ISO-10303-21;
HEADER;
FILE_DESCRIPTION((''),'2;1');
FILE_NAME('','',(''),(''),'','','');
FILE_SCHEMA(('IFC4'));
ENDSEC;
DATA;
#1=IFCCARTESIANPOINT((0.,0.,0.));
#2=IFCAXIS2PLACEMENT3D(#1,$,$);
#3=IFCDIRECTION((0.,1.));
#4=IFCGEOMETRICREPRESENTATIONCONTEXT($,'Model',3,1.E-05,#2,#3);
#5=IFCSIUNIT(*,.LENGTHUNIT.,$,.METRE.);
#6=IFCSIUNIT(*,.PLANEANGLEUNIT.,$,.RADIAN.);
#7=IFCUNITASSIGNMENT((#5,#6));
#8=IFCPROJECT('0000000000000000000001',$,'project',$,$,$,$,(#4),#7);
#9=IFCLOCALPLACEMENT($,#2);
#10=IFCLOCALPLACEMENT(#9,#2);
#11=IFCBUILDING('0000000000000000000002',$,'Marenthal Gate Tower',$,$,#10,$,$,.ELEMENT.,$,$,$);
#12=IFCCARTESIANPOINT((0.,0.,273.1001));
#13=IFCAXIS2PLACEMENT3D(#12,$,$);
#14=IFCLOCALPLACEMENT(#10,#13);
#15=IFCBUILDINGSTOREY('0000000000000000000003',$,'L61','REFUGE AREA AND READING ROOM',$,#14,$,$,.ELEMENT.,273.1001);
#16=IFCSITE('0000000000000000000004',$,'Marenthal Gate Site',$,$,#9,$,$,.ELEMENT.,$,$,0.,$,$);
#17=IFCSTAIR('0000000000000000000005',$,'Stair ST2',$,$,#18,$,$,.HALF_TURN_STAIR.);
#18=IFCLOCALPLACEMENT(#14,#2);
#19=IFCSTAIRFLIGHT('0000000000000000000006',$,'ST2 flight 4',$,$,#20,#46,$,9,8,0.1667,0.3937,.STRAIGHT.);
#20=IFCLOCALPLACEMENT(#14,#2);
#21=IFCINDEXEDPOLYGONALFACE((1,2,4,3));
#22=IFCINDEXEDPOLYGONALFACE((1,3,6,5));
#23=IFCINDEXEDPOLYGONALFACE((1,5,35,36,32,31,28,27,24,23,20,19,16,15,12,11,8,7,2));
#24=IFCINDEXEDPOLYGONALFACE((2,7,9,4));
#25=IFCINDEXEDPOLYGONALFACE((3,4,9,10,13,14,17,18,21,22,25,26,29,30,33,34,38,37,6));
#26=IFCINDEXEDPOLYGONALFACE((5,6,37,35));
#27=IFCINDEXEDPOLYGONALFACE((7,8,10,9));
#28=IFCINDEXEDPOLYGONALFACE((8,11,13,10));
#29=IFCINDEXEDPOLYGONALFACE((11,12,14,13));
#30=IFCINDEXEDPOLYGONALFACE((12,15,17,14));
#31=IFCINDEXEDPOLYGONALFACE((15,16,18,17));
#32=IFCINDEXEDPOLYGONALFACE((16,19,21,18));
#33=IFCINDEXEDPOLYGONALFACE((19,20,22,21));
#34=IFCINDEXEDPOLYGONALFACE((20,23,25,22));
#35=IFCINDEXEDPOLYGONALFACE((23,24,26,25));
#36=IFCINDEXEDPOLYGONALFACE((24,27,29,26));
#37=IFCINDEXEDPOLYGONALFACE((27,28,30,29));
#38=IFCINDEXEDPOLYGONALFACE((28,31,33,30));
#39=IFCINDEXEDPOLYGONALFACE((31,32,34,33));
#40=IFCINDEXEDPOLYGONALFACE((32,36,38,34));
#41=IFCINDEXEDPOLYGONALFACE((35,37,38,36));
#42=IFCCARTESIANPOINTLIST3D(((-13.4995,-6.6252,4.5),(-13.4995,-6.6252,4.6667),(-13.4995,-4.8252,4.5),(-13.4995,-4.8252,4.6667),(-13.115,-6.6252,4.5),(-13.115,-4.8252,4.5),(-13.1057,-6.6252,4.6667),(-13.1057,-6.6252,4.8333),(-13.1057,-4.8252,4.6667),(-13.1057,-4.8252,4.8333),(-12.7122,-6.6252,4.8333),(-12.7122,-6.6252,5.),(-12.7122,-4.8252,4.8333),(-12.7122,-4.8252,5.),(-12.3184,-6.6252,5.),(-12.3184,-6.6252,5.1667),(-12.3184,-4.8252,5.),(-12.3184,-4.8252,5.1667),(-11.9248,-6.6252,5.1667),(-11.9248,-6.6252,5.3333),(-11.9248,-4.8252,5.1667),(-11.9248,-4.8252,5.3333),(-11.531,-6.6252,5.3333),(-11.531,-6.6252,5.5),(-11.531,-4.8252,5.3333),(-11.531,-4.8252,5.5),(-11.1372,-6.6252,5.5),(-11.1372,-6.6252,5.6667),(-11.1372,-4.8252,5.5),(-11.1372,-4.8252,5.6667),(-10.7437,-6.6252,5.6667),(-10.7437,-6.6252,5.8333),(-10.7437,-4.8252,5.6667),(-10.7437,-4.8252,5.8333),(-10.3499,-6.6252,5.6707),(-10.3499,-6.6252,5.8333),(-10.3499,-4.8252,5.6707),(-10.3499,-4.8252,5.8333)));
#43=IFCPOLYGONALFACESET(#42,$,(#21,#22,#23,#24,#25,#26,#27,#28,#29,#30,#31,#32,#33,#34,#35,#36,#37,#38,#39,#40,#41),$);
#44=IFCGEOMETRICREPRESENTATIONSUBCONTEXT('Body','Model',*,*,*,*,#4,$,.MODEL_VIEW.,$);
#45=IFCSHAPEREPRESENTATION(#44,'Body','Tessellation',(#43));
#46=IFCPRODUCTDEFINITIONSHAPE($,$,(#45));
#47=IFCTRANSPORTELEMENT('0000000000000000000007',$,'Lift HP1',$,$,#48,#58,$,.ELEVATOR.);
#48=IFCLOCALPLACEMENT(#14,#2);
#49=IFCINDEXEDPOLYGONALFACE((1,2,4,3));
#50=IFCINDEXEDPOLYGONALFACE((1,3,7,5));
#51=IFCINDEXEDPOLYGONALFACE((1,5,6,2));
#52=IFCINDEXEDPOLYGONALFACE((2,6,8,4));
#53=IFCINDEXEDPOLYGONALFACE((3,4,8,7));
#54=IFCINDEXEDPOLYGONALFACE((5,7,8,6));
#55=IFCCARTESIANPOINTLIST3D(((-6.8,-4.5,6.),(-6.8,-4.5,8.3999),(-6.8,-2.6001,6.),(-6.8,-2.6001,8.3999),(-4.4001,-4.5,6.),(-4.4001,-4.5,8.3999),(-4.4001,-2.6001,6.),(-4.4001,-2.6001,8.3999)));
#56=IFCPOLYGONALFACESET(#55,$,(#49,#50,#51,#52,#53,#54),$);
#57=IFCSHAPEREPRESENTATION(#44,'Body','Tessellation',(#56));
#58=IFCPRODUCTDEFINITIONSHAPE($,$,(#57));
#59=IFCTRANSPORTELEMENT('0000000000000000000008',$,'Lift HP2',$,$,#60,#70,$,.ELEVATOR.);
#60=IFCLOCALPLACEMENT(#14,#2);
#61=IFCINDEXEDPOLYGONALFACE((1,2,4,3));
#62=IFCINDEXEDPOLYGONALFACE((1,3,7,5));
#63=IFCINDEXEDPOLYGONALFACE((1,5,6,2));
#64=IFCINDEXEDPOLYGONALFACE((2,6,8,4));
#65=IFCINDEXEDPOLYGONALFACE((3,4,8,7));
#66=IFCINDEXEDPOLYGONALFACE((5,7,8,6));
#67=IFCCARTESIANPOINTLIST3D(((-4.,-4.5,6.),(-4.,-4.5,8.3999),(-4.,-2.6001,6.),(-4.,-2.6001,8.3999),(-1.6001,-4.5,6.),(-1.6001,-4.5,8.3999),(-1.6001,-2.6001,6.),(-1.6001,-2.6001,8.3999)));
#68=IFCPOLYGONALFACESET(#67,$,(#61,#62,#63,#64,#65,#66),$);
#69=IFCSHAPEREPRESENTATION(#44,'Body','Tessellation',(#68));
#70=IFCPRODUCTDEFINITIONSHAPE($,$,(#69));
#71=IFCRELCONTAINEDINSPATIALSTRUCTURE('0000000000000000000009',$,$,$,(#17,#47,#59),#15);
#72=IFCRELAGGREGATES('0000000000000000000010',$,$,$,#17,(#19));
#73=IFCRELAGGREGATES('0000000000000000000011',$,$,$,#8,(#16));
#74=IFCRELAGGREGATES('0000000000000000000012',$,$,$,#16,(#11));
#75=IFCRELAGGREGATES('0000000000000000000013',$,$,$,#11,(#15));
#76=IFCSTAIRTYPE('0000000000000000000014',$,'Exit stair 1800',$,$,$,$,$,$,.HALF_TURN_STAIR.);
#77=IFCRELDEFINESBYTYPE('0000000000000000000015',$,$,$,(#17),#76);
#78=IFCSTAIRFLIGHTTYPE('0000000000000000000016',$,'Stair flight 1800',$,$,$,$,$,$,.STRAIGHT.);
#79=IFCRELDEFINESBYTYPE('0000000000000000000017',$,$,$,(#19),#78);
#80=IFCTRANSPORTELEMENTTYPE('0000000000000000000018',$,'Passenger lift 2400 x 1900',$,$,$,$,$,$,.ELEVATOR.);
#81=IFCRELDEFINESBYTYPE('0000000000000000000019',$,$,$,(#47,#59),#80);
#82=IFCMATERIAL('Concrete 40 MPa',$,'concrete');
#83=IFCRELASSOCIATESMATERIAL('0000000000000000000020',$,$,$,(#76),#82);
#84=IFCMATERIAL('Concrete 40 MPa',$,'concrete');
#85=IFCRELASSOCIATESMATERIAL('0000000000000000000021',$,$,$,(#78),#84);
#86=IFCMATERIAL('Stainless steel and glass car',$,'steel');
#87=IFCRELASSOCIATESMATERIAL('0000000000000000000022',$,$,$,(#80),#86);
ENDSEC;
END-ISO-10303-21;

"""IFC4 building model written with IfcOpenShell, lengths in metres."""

from ifc_helpers import new_model, si_unit, direction, frame, origin, origin_2d, place, context, subcontext, project, spatial, polyline, rectangle, outline, extrude, material, type_object, element, aggregate, save


model = new_model("IFC4")

# Units and contexts
model_context = context("Model", 3, precision=1e-05, world=origin(), true_north=direction((0.0, 1.0)))
body_context = subcontext(model_context, "Body", "Model", "MODEL_VIEW")
ifc_project = project(units=[si_unit("LENGTHUNIT", "METRE"), si_unit("PLANEANGLEUNIT", "RADIAN")], contexts=[model_context])

# Site, building, storey
site_placement = place(None, origin())
site = spatial("IfcSite", under=ifc_project, at=site_placement, Name="Marenthal Gate Site", CompositionType="ELEMENT", RefElevation=0.0)
building_placement = place(site_placement, origin())
building = spatial("IfcBuilding", under=site, at=building_placement, Name="Marenthal Gate Tower", CompositionType="ELEMENT")
storey_placement = place(building_placement, frame((0.0, 0.0, 273.1001)))
storey = spatial("IfcBuildingStorey", under=building, at=storey_placement, Name="L61", Description="REFUGE AREA AND READING ROOM", CompositionType="ELEMENT", Elevation=273.1001)

# Stair, stair flight
ifc_material_1 = material(Name="Concrete 40 MPa", Category="concrete")
stair_type = type_object("IfcStairType", Name="Exit stair 1800", PredefinedType="HALF_TURN_STAIR", material=ifc_material_1)
stair_placement = place(storey_placement, origin())
stair = element("IfcStair", 1, at=stair_placement, inside=storey, type_object=stair_type, Name="Stair ST2", PredefinedType="HALF_TURN_STAIR")
ifc_material_2 = material(Name="Concrete 40 MPa", Category="concrete")
stair_flight_type = type_object("IfcStairFlightType", Name="Stair flight 1800", PredefinedType="STRAIGHT", material=ifc_material_2)
stair_flight_1_placement = place(storey_placement, frame((-13.4995, -5.7251, 4.5), z_axis=(0.0, 0.0, 1.0), x_axis=(1.0, 0.0, 0.0)))
stair_flight_1 = element("IfcStairFlight", 2, at=stair_flight_1_placement, type_object=stair_flight_type, Name="ST2 flight 4", NumberOfRisers=9, NumberOfTreads=8, PredefinedType="STRAIGHT", RiserHeight=0.1667, TreadLength=0.3937, context=body_context, shape_type="SweptSolid", body=[
    extrude(outline(polyline([(0.0, 0.0), (0.0, 0.1667), (0.3938, 0.1667), (0.3938, 0.3333), (0.7874, 0.3333), (0.7874, 0.5), (1.1812, 0.5), (1.1812, 0.6667), (1.5747, 0.6667), (1.5747, 0.8333), (1.9685, 0.8333), (1.9685, 1.0), (2.3623, 1.0), (2.3623, 1.1667), (2.7559, 1.1667), (2.7559, 1.3333), (3.1497, 1.3333), (3.1497, 1.5), (3.1497, 1.1707), (0.3845, 0.0), (0.0, 0.0)])), frame((0.0, 0.8999, 0.0), z_axis=(0.0, -1.0, 0.0), x_axis=(1.0, 0.0, 0.0)), (0.0, 0.0, 1.0), 1.8),
])
aggregate(stair, [stair_flight_1])

# Transport elements
ifc_material_3 = material(Name="Stainless steel and glass car", Category="steel")
transport_element_type = type_object("IfcTransportElementType", Name="Passenger lift 2400 x 1900", PredefinedType="ELEVATOR", material=ifc_material_3)
for number, where, z_axis, x_axis, name in (
    (3, (-5.6001, -3.55, 6.0), (0.0, 0.0, 1.0), (1.0, 0.0, 0.0), "Lift HP1"),
    (4, (-2.8, -3.55, 6.0), (0.0, 0.0, 1.0), (1.0, 0.0, 0.0), "Lift HP2"),
):
    element("IfcTransportElement", number, at=place(storey_placement, frame(where, z_axis=z_axis, x_axis=x_axis)), inside=storey, type_object=transport_element_type, Name=name, PredefinedType="ELEVATOR", context=body_context, shape_type="SweptSolid", body=[
        extrude(rectangle(XDim=2.3999, YDim=1.8999, at=origin_2d()), origin(), (0.0, 0.0, 1.0), 2.3999),
    ])

save(model, "model.ifc")
